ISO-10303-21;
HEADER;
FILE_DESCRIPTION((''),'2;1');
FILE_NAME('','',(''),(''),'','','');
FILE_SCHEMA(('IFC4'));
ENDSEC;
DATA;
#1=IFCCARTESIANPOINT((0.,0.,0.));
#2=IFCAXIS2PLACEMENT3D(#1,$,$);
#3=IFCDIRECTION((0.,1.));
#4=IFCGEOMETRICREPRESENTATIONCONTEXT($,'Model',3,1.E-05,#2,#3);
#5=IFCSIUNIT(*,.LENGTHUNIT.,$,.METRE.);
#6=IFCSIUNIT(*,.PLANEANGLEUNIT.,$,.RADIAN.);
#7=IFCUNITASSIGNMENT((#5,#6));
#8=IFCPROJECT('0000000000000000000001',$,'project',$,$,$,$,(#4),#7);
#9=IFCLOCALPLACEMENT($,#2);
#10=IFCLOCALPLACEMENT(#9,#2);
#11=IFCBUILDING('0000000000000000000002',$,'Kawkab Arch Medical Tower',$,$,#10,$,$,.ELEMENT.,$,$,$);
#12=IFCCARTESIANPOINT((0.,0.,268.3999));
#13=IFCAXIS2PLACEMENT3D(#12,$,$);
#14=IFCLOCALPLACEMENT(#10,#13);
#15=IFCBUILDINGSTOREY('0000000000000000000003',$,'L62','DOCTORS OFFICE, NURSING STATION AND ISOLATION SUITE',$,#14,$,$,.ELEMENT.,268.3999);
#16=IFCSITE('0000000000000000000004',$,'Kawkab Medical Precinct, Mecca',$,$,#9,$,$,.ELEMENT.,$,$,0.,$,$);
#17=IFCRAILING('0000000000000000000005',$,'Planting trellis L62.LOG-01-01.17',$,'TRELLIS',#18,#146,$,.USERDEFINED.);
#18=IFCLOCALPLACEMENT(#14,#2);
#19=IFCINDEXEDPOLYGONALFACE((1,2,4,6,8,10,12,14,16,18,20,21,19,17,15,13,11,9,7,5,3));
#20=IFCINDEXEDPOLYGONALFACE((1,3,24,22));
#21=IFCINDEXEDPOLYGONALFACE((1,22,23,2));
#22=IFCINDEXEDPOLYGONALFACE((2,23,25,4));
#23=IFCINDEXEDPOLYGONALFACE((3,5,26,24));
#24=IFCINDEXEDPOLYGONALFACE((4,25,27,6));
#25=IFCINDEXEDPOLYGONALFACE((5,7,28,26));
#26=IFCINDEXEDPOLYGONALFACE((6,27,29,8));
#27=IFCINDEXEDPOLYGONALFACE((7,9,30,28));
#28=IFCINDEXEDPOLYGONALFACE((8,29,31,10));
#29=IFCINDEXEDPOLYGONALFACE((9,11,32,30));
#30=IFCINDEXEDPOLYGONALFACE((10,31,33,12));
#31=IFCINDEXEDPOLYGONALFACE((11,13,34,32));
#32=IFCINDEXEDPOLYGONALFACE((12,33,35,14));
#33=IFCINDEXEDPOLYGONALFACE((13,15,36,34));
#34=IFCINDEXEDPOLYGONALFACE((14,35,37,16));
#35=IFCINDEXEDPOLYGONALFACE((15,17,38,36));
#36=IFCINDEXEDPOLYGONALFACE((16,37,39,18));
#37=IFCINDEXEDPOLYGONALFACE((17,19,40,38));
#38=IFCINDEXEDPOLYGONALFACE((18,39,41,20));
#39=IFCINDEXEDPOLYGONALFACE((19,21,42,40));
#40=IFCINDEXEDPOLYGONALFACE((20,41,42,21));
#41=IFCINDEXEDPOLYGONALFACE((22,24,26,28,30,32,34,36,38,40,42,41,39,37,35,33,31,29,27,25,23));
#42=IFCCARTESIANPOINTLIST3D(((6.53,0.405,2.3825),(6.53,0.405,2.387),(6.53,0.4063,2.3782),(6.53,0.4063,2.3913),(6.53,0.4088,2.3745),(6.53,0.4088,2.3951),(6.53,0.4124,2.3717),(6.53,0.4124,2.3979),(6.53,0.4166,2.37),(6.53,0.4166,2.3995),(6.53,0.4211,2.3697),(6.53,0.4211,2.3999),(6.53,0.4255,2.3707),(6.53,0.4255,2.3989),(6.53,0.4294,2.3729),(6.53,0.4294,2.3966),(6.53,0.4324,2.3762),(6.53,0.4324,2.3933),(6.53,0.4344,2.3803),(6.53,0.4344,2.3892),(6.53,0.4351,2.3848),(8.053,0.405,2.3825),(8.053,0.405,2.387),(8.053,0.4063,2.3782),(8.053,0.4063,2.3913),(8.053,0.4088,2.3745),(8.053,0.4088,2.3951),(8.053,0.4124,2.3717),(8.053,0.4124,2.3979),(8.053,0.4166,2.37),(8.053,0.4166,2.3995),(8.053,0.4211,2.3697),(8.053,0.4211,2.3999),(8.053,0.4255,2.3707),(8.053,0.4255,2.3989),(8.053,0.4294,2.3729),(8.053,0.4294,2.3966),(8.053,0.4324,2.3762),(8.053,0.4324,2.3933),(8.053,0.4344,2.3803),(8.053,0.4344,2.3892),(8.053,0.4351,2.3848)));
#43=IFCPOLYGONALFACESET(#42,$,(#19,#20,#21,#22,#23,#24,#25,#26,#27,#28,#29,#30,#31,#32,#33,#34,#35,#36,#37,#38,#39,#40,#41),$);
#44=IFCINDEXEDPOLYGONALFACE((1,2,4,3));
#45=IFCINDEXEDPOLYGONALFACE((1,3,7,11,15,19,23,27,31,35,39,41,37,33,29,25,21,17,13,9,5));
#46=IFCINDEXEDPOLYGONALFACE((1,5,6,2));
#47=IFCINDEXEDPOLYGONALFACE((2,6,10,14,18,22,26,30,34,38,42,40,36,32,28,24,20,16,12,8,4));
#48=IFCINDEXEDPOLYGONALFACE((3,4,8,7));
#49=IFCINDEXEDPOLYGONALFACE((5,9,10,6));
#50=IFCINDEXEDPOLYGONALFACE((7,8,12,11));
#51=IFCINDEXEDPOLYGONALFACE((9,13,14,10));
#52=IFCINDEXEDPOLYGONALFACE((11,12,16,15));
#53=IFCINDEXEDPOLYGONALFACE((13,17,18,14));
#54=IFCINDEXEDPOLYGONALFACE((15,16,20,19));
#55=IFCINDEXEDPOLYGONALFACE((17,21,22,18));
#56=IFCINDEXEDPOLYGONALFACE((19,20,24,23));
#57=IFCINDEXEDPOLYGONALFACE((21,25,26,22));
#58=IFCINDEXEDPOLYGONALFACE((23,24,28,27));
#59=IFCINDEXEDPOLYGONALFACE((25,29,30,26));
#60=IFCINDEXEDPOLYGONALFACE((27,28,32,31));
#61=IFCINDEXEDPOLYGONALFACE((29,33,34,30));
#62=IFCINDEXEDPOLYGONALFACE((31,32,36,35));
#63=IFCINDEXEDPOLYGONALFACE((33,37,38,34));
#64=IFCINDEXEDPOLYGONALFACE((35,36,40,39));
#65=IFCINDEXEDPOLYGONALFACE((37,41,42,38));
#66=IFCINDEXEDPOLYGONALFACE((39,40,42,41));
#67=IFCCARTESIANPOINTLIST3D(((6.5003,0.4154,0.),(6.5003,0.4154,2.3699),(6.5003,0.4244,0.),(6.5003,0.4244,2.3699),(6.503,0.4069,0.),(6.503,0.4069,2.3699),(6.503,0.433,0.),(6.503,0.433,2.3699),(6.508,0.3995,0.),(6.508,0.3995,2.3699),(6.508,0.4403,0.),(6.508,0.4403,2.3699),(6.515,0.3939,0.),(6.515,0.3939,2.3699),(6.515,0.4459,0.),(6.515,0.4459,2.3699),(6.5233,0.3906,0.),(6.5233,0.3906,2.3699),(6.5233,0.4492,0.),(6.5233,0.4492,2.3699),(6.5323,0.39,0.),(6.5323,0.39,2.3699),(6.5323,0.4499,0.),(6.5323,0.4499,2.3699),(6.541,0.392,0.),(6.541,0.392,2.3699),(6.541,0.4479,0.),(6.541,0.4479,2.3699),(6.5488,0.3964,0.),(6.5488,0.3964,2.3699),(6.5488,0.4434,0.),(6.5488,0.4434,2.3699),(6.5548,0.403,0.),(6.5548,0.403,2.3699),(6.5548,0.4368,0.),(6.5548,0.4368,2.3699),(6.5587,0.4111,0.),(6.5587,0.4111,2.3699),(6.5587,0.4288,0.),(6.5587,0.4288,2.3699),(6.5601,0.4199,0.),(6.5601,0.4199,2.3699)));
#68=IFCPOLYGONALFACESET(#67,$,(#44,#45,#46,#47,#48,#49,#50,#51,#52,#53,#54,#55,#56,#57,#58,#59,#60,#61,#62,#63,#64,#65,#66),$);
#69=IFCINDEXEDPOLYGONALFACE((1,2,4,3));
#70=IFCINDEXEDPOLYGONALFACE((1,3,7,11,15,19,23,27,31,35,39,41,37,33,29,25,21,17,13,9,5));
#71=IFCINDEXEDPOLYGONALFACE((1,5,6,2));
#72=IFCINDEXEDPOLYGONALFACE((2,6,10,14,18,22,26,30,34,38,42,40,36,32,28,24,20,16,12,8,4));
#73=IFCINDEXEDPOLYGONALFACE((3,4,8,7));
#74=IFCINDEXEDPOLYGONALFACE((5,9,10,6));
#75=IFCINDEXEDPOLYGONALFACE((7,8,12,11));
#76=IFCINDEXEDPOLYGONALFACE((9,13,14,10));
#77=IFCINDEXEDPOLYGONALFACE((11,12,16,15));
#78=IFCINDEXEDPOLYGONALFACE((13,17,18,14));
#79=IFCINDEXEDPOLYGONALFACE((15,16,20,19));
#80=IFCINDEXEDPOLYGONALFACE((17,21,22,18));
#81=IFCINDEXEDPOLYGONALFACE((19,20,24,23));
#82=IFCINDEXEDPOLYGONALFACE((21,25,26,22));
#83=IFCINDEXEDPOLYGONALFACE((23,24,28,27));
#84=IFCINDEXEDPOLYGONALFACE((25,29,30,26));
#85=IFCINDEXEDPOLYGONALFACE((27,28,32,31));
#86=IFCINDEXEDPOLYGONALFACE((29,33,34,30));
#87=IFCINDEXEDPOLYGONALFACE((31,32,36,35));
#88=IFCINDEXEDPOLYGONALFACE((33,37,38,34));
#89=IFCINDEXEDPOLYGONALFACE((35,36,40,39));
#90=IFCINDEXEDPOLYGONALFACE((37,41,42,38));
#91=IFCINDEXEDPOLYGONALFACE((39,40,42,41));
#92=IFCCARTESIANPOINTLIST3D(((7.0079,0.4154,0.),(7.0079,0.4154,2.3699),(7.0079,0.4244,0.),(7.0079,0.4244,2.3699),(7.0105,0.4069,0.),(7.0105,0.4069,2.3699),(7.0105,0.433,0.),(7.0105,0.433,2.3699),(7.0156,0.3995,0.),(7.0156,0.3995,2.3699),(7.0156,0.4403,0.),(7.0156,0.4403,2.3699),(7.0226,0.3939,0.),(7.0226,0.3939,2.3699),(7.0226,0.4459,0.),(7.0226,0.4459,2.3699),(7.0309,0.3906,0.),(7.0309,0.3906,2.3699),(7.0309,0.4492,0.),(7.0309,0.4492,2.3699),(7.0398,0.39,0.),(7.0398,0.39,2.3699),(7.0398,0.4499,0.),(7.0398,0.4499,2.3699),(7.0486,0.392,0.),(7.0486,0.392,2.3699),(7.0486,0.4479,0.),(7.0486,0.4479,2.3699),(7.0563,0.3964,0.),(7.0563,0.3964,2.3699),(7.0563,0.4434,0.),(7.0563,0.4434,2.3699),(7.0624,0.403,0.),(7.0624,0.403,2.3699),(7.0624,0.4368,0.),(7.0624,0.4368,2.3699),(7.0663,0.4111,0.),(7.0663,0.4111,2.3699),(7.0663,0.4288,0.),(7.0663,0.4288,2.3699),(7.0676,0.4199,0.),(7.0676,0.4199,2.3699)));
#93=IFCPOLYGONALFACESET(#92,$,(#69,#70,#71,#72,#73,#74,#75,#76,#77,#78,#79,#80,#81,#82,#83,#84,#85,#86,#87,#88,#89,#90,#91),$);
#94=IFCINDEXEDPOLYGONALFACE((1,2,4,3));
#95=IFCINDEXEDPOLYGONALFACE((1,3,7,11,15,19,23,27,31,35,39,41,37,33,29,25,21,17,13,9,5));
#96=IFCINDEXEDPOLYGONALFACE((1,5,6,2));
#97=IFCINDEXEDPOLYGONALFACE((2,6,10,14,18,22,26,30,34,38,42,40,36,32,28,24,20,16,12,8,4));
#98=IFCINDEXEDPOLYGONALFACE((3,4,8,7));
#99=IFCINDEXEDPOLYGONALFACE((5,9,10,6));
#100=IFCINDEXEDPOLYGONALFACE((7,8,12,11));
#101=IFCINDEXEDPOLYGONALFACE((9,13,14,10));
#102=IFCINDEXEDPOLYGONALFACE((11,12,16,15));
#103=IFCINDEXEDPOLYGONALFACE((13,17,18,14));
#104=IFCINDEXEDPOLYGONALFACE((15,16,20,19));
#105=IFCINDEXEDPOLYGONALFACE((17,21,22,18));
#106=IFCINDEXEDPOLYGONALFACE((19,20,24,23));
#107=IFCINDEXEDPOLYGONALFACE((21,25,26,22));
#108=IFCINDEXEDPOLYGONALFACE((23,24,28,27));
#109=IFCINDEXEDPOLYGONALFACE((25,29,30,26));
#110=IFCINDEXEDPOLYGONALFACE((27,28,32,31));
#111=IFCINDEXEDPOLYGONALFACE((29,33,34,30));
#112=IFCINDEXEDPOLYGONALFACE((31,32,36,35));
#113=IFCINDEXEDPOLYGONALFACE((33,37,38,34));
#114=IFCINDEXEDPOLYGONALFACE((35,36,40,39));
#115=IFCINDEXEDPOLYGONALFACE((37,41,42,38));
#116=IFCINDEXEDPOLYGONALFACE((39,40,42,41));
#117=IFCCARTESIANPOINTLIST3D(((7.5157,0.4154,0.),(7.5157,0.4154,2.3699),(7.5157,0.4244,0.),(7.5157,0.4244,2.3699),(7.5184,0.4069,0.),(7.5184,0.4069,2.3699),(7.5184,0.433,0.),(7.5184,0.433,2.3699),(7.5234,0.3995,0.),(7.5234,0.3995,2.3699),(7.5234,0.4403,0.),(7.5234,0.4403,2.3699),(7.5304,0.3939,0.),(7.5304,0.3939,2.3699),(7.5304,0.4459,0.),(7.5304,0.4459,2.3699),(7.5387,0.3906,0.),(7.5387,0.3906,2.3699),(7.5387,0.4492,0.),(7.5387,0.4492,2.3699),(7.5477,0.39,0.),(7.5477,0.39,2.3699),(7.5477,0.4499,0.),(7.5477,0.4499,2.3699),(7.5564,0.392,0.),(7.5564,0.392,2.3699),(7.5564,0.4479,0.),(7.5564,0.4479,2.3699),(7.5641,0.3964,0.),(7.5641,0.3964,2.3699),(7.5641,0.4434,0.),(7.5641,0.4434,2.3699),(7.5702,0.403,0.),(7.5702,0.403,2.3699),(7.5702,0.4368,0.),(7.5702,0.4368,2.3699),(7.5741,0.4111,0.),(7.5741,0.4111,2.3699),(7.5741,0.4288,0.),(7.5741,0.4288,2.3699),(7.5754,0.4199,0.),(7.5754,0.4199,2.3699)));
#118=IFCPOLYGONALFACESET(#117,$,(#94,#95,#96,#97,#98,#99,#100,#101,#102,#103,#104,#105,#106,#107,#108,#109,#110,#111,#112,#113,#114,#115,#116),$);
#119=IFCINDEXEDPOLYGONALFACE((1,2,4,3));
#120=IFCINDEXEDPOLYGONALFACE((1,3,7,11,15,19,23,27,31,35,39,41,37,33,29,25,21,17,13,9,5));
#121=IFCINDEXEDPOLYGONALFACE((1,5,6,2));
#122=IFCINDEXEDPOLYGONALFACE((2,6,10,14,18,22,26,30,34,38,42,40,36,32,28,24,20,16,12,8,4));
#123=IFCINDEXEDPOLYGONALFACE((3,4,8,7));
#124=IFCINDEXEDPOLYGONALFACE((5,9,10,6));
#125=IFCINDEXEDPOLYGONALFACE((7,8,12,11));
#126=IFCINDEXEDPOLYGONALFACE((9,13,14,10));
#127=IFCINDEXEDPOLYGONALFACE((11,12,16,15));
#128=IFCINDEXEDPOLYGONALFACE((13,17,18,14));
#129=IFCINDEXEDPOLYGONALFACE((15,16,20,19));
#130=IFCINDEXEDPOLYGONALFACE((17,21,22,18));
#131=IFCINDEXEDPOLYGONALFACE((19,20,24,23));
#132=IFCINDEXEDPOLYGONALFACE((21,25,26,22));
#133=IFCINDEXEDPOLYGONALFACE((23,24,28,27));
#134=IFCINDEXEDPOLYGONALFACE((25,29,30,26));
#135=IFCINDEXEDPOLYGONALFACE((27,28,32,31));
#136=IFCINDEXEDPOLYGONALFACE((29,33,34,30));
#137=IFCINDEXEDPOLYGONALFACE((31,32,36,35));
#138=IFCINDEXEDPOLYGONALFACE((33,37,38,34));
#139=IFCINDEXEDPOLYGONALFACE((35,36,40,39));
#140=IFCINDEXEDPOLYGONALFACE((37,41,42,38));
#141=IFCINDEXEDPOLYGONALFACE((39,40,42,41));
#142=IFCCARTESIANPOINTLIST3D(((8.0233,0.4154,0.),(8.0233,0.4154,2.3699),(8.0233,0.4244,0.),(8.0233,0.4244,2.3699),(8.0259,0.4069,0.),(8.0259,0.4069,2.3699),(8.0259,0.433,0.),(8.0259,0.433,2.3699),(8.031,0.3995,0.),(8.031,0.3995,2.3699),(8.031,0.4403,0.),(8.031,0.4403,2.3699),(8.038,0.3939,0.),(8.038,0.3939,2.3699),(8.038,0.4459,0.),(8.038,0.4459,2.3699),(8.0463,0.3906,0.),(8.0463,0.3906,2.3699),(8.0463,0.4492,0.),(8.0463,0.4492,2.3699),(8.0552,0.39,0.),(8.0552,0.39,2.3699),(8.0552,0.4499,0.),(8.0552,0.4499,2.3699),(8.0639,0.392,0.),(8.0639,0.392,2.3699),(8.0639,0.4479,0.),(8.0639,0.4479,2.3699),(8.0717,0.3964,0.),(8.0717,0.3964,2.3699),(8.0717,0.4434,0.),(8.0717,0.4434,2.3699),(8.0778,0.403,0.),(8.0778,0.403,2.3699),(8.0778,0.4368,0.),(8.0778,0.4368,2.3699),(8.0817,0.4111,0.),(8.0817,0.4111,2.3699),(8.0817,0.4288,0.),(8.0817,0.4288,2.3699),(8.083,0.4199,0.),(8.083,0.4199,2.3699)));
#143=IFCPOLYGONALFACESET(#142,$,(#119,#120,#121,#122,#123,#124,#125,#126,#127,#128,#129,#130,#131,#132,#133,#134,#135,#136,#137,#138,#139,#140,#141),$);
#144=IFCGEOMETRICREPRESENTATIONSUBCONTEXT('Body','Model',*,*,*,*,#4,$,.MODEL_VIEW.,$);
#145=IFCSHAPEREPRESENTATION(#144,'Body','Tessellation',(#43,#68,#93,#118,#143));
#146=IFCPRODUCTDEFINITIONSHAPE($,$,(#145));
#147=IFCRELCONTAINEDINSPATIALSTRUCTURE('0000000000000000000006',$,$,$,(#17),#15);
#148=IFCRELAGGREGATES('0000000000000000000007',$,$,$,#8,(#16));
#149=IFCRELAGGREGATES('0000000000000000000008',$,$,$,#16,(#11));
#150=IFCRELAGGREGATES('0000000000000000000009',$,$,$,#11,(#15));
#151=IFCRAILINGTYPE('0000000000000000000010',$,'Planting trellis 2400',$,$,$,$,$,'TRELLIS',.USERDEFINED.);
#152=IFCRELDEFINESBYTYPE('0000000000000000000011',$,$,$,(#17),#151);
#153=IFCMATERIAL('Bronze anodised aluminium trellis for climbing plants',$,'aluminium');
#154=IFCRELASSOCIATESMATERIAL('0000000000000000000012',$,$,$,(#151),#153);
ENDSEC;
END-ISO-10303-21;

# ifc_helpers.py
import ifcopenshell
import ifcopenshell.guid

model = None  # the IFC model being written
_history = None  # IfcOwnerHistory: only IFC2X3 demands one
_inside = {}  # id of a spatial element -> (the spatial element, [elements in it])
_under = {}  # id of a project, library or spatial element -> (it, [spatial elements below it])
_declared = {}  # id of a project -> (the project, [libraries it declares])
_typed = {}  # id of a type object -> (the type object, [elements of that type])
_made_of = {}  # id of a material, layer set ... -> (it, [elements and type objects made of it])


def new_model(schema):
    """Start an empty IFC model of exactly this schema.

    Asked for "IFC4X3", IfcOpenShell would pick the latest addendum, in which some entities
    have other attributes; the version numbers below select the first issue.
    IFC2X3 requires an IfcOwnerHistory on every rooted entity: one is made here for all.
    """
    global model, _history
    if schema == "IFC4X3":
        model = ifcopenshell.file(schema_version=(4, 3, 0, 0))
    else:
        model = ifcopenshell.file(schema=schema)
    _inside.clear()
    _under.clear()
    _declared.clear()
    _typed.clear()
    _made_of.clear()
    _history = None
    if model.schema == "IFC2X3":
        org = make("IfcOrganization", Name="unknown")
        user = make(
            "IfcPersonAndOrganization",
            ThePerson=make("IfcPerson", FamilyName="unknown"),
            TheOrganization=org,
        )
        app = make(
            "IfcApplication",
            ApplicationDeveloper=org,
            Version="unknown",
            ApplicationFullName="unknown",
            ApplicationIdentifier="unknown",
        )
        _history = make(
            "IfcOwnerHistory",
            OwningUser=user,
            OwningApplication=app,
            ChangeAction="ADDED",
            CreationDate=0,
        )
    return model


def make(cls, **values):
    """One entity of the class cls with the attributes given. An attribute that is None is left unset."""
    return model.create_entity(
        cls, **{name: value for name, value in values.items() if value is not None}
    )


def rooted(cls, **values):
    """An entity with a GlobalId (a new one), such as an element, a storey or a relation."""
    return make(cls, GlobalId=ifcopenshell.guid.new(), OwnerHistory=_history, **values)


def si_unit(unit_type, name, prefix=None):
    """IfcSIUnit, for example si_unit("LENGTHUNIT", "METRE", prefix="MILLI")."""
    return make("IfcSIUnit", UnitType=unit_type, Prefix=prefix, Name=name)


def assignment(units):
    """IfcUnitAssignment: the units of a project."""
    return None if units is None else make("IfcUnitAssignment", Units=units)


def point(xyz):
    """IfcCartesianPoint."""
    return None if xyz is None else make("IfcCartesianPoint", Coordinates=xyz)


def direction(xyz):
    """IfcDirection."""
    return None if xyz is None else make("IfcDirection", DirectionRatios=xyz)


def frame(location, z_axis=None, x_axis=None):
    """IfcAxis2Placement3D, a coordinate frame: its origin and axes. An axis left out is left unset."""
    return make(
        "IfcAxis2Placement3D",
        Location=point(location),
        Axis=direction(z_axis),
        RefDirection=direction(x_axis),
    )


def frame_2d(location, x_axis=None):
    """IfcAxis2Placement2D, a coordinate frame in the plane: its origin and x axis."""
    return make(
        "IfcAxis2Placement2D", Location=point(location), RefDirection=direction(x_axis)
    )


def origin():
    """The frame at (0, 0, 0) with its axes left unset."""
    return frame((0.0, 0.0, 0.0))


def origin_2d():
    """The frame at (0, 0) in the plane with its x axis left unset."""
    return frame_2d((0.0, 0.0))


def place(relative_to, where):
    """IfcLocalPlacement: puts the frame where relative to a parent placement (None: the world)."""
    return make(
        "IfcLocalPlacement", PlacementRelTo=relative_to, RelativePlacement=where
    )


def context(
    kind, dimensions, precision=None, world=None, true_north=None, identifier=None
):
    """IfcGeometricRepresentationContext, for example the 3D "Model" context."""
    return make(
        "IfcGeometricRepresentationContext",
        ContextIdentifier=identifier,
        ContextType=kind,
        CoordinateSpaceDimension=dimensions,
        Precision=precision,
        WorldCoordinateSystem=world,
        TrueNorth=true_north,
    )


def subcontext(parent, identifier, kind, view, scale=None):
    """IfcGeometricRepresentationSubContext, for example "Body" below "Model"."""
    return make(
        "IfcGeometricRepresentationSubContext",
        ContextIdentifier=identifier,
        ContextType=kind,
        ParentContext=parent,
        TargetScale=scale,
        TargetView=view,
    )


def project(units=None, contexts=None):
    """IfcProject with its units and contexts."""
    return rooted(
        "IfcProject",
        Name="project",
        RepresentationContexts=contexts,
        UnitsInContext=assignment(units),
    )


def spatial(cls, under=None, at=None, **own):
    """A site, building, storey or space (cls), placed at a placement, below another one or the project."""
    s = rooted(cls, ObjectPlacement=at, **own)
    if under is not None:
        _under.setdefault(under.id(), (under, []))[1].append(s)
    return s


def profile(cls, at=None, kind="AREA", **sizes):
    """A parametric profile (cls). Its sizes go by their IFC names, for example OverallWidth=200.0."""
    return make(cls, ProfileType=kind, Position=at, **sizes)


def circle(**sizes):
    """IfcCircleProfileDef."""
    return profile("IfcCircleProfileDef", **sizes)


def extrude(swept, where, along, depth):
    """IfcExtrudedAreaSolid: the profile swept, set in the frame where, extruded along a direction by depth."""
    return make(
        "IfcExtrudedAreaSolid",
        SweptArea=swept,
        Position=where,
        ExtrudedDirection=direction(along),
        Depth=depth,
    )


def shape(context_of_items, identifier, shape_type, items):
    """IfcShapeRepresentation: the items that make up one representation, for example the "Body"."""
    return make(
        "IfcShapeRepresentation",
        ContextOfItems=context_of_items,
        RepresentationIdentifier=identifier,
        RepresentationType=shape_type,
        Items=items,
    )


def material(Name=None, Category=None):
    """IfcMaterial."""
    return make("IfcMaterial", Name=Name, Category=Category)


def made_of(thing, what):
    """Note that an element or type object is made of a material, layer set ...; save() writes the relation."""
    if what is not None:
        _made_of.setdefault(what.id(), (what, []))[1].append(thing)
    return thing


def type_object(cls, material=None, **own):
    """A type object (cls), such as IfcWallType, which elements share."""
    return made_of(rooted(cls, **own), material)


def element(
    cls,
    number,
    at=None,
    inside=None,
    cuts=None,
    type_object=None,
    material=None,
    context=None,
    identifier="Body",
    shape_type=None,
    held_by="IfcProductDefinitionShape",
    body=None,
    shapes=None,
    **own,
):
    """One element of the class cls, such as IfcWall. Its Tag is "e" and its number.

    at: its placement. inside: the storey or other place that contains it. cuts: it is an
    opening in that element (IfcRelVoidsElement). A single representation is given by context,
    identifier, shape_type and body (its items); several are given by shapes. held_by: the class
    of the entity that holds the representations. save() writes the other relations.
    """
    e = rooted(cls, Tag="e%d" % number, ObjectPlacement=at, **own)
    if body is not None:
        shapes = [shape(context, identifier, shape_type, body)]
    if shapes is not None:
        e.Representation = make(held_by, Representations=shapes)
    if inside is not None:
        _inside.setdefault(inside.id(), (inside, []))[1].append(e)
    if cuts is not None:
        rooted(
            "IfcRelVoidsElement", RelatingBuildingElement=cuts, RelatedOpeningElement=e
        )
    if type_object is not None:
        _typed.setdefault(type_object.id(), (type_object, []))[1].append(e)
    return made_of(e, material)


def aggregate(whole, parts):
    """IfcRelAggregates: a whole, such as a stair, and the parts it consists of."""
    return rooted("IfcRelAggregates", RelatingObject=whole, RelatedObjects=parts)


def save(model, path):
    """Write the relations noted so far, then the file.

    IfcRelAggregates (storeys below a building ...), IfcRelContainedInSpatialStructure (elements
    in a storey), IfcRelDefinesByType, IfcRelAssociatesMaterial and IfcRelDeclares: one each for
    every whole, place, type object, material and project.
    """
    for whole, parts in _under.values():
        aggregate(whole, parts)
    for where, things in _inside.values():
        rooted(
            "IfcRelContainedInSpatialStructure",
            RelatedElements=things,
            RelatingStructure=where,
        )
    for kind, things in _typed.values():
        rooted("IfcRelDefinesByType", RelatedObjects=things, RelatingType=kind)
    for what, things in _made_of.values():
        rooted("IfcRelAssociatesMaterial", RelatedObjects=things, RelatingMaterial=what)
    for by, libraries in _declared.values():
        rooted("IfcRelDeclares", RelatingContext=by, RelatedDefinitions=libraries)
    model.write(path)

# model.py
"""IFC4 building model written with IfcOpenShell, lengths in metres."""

from ifc_helpers import new_model, si_unit, direction, frame, origin, origin_2d, place, context, subcontext, project, spatial, circle, extrude, material, type_object, element, save


model = new_model("IFC4")

# Units and contexts
model_context = context("Model", 3, precision=1e-05, world=origin(), true_north=direction((0.0, 1.0)))
body_context = subcontext(model_context, "Body", "Model", "MODEL_VIEW")
ifc_project = project(units=[si_unit("LENGTHUNIT", "METRE"), si_unit("PLANEANGLEUNIT", "RADIAN")], contexts=[model_context])

# Site, building, storey
site_placement = place(None, origin())
site = spatial("IfcSite", under=ifc_project, at=site_placement, Name="Kawkab Medical Precinct, Mecca", CompositionType="ELEMENT", RefElevation=0.0)
building_placement = place(site_placement, origin())
building = spatial("IfcBuilding", under=site, at=building_placement, Name="Kawkab Arch Medical Tower", CompositionType="ELEMENT")
storey_placement = place(building_placement, frame((0.0, 0.0, 268.3999)))
storey = spatial("IfcBuildingStorey", under=building, at=storey_placement, Name="L62", Description="DOCTORS OFFICE, NURSING STATION AND ISOLATION SUITE", CompositionType="ELEMENT", Elevation=268.3999)

# Railing
ifc_material_1 = material(Name="Bronze anodised aluminium trellis for climbing plants", Category="aluminium")
railing_type_1 = type_object("IfcRailingType", Name="Planting trellis 2400", ElementType="TRELLIS", PredefinedType="USERDEFINED", material=ifc_material_1)
railing_1_placement = place(storey_placement, frame((6.53, 0.4199, 0.0)))
element("IfcRailing", 1, at=railing_1_placement, inside=storey, type_object=railing_type_1, Name="Planting trellis L62.LOG-01-01.17", ObjectType="TRELLIS", PredefinedType="USERDEFINED", context=body_context, shape_type="SweptSolid", body=[
    extrude(circle(Radius=0.0151, at=origin_2d()), frame((0.0, 0.0, 2.3848), z_axis=(1.0, 0.0, 0.0), x_axis=(0.0, 1.0, 0.0)), (0.0, 0.0, 1.0), 1.5229),
    extrude(circle(Radius=0.03, at=origin_2d()), origin(), (0.0, 0.0, 1.0), 2.3699),
    extrude(circle(Radius=0.03, at=origin_2d()), frame((0.5076, 0.0, 0.0)), (0.0, 0.0, 1.0), 2.3699),
    extrude(circle(Radius=0.03, at=origin_2d()), frame((1.0154, 0.0, 0.0)), (0.0, 0.0, 1.0), 2.3699),
    extrude(circle(Radius=0.03, at=origin_2d()), frame((1.5229, 0.0, 0.0)), (0.0, 0.0, 1.0), 2.3699),
])

save(model, "model.ifc")
